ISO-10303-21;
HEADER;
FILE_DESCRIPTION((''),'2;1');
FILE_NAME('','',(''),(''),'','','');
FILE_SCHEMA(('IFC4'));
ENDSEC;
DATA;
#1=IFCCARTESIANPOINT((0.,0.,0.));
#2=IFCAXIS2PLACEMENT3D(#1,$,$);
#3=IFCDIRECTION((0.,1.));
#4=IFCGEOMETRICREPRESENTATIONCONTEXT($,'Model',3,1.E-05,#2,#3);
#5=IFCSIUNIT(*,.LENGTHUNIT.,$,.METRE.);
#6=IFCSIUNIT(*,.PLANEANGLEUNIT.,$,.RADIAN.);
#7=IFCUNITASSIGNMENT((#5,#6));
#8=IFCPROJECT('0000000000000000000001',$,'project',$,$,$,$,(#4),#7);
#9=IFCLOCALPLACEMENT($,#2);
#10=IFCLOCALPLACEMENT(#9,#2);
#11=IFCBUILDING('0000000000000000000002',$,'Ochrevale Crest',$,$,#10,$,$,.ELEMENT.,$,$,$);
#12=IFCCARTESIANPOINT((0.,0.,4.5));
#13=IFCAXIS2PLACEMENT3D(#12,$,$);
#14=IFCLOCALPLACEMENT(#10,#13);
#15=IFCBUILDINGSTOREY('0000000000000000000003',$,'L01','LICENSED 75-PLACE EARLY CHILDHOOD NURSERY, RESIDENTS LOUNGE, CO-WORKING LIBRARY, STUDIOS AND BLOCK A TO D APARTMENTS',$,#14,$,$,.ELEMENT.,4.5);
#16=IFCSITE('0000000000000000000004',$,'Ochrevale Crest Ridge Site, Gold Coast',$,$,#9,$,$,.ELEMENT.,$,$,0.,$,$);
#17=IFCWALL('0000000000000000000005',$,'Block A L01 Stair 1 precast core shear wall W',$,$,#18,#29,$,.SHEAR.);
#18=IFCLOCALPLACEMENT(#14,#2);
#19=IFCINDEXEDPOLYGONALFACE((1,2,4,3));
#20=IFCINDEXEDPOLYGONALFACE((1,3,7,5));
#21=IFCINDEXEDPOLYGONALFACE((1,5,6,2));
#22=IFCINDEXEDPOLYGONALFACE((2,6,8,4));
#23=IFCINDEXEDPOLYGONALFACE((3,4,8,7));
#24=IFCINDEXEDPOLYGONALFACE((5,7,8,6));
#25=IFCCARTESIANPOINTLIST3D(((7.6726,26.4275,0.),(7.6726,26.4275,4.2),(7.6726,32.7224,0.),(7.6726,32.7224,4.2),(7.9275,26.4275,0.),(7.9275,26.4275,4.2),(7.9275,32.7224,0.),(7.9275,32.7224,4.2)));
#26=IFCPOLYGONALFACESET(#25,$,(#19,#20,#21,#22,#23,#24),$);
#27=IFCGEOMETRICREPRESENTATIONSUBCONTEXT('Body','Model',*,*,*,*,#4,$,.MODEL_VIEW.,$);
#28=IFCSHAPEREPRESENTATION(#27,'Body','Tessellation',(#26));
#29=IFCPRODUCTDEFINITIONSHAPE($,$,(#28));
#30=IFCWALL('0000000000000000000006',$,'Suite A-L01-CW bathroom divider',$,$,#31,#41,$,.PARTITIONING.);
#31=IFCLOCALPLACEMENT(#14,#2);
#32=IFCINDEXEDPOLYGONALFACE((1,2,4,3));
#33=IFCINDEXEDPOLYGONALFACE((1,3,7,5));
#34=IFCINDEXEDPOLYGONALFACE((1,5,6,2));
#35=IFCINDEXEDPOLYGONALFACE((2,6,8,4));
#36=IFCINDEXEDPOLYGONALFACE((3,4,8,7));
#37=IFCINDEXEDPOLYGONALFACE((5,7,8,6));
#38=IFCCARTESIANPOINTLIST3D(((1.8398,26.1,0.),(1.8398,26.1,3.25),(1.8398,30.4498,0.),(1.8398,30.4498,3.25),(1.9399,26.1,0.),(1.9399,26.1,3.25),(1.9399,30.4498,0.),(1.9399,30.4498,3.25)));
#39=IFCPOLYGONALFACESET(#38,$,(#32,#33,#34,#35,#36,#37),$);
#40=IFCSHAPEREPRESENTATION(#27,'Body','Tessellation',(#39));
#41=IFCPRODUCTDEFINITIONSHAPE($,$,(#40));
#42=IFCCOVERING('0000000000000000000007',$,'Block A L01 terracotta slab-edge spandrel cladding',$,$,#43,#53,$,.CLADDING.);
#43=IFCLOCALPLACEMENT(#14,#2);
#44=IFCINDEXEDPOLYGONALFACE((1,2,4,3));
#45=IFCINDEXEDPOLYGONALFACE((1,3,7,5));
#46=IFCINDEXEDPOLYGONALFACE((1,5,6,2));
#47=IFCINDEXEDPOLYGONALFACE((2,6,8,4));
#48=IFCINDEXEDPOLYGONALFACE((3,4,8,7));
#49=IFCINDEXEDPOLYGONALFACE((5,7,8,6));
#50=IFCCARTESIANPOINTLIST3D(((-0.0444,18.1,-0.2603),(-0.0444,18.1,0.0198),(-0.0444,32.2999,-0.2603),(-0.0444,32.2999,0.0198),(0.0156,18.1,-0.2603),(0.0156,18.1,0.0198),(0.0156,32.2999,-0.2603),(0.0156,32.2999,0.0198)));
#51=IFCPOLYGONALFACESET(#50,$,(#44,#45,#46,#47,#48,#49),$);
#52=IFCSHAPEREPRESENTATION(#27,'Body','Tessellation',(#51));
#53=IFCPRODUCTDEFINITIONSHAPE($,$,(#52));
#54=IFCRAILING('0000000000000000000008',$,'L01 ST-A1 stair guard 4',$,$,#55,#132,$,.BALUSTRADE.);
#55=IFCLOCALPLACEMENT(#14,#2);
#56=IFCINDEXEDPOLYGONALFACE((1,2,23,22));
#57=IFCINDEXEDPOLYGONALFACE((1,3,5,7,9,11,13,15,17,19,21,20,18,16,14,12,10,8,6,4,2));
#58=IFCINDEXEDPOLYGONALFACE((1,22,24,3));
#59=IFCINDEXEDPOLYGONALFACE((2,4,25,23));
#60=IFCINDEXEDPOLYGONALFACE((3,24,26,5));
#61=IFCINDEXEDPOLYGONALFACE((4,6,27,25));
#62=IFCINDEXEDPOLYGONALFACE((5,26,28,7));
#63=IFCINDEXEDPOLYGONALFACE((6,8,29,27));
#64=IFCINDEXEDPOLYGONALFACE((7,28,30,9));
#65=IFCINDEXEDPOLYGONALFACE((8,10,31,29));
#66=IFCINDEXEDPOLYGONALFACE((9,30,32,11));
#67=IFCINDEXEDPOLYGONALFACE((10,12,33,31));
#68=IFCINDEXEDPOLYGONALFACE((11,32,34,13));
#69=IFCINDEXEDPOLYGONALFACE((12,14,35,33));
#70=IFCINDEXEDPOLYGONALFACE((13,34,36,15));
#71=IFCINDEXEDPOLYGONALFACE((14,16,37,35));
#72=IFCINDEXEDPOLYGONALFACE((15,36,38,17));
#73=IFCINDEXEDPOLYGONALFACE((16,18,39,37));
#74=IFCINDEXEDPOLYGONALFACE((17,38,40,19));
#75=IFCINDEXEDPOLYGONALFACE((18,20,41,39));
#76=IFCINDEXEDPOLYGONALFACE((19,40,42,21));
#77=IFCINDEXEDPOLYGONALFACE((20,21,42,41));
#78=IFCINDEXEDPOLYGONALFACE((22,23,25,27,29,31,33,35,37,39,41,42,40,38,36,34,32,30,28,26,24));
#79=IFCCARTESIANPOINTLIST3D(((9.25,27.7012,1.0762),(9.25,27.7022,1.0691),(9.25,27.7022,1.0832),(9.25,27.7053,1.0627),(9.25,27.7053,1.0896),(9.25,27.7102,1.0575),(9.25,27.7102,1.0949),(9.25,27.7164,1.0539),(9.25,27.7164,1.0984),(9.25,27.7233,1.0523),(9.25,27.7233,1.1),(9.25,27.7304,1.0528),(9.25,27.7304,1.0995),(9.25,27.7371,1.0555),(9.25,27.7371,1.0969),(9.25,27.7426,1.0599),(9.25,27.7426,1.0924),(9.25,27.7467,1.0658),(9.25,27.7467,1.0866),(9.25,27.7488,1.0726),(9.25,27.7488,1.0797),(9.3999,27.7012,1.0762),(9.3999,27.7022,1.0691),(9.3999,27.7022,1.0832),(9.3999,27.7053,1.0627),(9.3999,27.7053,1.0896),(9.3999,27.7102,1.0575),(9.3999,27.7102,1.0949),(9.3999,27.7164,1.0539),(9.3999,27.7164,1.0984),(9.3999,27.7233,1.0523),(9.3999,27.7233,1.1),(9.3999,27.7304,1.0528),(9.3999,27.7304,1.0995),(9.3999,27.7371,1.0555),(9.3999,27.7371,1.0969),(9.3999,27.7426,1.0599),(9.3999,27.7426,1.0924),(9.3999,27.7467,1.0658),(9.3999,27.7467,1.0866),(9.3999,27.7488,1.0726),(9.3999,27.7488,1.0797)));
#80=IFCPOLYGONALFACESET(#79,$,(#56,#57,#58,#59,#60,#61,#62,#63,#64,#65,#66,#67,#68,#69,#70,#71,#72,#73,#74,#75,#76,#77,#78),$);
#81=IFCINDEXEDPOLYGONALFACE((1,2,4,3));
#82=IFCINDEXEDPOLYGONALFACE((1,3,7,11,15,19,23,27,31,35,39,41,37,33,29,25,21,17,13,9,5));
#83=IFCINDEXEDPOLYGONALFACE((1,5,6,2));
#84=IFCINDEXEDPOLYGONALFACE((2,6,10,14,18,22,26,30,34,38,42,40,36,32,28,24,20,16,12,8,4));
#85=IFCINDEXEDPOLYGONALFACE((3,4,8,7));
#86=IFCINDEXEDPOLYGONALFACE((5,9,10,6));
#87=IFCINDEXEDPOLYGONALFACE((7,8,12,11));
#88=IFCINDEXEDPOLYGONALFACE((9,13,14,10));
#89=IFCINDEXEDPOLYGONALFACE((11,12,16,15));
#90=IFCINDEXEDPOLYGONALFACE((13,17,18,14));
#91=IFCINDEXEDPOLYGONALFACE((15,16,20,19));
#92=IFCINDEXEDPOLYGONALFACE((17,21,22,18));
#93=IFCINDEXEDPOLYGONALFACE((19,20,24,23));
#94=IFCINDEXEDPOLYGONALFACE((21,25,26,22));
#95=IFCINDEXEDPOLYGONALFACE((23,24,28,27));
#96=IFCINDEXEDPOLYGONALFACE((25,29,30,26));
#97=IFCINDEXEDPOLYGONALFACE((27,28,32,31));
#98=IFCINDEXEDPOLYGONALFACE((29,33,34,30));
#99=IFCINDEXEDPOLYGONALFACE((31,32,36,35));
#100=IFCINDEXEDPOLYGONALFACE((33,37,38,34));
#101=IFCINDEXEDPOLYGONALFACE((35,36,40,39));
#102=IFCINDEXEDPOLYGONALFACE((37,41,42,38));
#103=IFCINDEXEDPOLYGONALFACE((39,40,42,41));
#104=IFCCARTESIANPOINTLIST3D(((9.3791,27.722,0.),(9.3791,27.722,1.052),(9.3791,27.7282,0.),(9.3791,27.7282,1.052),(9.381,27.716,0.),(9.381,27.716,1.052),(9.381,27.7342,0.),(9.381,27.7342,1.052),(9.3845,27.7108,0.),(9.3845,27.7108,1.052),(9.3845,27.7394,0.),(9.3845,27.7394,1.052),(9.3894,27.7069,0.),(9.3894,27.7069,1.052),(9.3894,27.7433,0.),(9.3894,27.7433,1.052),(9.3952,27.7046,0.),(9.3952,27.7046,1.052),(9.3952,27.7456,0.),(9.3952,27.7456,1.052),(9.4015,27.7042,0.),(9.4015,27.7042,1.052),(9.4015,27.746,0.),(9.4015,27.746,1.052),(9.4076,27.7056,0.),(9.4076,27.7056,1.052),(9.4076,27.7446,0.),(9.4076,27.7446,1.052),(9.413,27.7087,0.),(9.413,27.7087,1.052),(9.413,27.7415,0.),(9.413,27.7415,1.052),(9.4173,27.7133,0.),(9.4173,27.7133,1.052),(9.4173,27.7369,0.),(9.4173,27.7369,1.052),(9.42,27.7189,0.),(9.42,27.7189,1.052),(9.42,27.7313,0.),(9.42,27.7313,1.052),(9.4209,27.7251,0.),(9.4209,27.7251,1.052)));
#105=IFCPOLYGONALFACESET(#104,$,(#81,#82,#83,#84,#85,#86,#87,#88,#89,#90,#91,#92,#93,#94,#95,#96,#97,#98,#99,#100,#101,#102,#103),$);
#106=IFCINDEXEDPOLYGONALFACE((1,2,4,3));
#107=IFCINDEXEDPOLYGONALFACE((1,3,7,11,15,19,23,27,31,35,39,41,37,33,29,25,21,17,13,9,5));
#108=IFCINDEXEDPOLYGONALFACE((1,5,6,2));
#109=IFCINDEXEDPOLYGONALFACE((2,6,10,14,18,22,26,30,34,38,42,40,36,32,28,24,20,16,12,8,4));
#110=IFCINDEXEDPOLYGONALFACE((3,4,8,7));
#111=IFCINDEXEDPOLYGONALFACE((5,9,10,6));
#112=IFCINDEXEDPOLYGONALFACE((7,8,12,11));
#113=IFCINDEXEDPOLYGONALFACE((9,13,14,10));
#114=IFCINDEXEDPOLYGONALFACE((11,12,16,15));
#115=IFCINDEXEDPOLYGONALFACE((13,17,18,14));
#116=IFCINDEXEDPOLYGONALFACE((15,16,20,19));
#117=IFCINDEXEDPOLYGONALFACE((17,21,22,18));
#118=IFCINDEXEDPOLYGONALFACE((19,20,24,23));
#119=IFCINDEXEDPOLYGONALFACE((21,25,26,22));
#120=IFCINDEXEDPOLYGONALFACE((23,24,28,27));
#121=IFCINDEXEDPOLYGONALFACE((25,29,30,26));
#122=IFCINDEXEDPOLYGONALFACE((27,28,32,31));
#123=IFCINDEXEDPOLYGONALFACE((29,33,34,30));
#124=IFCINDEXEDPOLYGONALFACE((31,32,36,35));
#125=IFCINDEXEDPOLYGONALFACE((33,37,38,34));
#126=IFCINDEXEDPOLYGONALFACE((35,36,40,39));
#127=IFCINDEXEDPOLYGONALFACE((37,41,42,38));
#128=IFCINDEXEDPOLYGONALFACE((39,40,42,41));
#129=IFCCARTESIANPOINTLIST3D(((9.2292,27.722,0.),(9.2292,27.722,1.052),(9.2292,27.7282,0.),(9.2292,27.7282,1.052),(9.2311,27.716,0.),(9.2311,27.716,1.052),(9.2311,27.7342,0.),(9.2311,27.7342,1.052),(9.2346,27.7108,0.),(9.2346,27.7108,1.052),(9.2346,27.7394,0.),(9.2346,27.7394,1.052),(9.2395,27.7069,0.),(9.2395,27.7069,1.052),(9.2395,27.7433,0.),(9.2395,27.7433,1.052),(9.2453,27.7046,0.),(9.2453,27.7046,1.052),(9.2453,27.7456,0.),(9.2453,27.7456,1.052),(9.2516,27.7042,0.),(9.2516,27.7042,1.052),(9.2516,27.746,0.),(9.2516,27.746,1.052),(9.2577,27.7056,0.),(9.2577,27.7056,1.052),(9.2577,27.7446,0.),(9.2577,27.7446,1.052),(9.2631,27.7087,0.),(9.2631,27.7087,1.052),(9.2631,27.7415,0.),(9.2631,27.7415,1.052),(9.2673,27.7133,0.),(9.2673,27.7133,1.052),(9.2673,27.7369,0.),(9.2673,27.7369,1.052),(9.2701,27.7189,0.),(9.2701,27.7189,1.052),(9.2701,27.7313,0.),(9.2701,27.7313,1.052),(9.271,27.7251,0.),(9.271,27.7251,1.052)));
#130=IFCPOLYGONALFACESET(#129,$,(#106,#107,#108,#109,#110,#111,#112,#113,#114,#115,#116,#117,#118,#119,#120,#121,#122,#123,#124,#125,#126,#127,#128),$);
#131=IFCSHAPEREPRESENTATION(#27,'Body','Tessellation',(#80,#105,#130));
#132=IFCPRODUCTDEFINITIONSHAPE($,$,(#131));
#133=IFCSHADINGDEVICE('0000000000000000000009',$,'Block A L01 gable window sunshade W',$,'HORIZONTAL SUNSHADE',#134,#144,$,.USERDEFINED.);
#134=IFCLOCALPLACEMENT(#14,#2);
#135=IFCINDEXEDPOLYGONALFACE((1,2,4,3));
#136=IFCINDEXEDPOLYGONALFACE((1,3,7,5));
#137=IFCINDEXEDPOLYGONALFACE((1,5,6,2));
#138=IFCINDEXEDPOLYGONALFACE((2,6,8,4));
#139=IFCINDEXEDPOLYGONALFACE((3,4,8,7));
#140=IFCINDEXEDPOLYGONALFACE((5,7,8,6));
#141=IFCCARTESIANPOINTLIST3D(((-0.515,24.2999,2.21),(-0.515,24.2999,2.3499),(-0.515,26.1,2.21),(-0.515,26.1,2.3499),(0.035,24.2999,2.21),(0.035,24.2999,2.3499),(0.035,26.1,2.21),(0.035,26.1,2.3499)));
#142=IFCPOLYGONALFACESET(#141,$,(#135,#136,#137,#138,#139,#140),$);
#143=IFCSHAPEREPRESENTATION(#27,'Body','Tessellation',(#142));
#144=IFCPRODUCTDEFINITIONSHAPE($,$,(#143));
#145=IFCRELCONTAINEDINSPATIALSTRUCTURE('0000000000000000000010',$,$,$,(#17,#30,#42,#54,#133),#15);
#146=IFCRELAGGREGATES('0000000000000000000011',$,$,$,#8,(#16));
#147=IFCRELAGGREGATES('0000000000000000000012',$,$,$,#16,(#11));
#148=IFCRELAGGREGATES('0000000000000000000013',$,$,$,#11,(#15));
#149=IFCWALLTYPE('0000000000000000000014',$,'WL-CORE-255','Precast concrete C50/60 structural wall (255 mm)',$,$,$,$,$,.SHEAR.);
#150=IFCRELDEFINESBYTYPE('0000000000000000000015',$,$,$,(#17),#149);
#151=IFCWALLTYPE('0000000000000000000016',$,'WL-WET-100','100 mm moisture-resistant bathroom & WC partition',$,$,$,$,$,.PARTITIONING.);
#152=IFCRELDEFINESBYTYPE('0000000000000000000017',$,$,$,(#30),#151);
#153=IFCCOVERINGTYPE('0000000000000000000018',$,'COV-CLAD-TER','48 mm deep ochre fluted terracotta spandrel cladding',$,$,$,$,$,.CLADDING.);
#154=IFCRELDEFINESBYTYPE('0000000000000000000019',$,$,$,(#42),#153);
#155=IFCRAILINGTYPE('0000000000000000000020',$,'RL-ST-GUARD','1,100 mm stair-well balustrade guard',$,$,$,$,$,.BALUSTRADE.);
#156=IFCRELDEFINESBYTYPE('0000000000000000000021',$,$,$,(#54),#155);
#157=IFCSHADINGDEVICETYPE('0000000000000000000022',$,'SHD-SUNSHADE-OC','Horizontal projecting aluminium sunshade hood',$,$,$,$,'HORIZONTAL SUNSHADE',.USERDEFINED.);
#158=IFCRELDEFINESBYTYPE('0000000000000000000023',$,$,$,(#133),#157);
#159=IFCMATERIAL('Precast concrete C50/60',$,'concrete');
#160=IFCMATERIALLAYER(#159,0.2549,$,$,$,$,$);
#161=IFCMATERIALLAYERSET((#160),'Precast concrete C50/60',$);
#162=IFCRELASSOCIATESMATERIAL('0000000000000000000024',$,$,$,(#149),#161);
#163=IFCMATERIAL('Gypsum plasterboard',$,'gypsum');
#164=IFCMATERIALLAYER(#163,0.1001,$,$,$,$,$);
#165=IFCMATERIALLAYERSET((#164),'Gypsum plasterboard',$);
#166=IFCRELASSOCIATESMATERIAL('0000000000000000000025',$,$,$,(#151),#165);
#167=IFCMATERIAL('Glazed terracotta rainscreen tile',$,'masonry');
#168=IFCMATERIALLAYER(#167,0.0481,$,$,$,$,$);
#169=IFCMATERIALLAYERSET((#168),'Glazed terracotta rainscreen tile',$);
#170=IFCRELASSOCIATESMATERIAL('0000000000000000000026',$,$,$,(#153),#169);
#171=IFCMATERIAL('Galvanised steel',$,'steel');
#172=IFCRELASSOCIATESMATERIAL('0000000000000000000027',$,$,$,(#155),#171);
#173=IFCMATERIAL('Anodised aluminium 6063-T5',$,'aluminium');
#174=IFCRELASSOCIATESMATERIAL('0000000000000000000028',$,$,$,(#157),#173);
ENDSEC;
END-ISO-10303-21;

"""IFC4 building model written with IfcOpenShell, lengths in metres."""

from ifc_helpers import new_model, si_unit, direction, frame, frame_2d, origin, origin_2d, place, context, subcontext, project, spatial, rectangle, circle, extrude, material, layer, layer_set, type_object, element, save


model = new_model("IFC4")

# Units and contexts
model_context = context("Model", 3, precision=1e-05, world=origin(), true_north=direction((0.0, 1.0)))
body_context = subcontext(model_context, "Body", "Model", "MODEL_VIEW")
ifc_project = project(units=[si_unit("LENGTHUNIT", "METRE"), si_unit("PLANEANGLEUNIT", "RADIAN")], contexts=[model_context])

# Site, building, storey
site_placement = place(None, origin())
site = spatial("IfcSite", under=ifc_project, at=site_placement, Name="Ochrevale Crest Ridge Site, Gold Coast", CompositionType="ELEMENT", RefElevation=0.0)
building_placement = place(site_placement, origin())
building = spatial("IfcBuilding", under=site, at=building_placement, Name="Ochrevale Crest", CompositionType="ELEMENT")
storey_placement = place(building_placement, frame((0.0, 0.0, 4.5)))
storey = spatial("IfcBuildingStorey", under=building, at=storey_placement, Name="L01", Description="LICENSED 75-PLACE EARLY CHILDHOOD NURSERY, RESIDENTS LOUNGE, CO-WORKING LIBRARY, STUDIOS AND BLOCK A TO D APARTMENTS", CompositionType="ELEMENT", Elevation=4.5)

# Shared definitions
ifc_material_1 = material(Name="Precast concrete C50/60", Category="concrete")

# Shared definitions
ifc_material_2 = material(Name="Gypsum plasterboard", Category="gypsum")
ifc_layer_1 = layer(ifc_material_1, 0.2549)
ifc_layer_set_1 = layer_set([ifc_layer_1], Name="Precast concrete C50/60")
wall_type_1 = type_object("IfcWallType", Name="WL-CORE-255", Description="Precast concrete C50/60 structural wall (255 mm)", PredefinedType="SHEAR", material=ifc_layer_set_1)

# Walls
wall_1_placement = place(storey_placement, frame((7.8, 26.4275, 0.0), z_axis=(0.0, 0.0, 1.0), x_axis=(0.0, 1.0, 0.0)))
element("IfcWall", 1, at=wall_1_placement, inside=storey, type_object=wall_type_1, Name="Block A L01 Stair 1 precast core shear wall W", PredefinedType="SHEAR", context=body_context, shape_type="SweptSolid", body=[
    extrude(rectangle(XDim=6.2949, YDim=0.2549, at=frame_2d((3.1475, 0.0))), origin(), (0.0, 0.0, 1.0), 4.2),
])
ifc_layer_2 = layer(ifc_material_2, 0.1001)
ifc_layer_set_2 = layer_set([ifc_layer_2], Name="Gypsum plasterboard")
wall_type_2 = type_object("IfcWallType", Name="WL-WET-100", Description="100 mm moisture-resistant bathroom & WC partition", PredefinedType="PARTITIONING", material=ifc_layer_set_2)
wall_2_placement = place(storey_placement, frame((1.8899, 26.1001, 0.0), z_axis=(0.0, 0.0, 1.0), x_axis=(0.0, 1.0, 0.0)))
element("IfcWall", 2, at=wall_2_placement, inside=storey, type_object=wall_type_2, Name="Suite A-L01-CW bathroom divider", PredefinedType="PARTITIONING", context=body_context, shape_type="SweptSolid", body=[
    extrude(rectangle(XDim=4.3499, YDim=0.1001, at=frame_2d((2.1748, 0.0))), origin(), (0.0, 0.0, 1.0), 3.25),
])

# Covering
ifc_material_3 = material(Name="Glazed terracotta rainscreen tile", Category="masonry")
ifc_layer_3 = layer(ifc_material_3, 0.0481)
ifc_layer_set_3 = layer_set([ifc_layer_3], Name="Glazed terracotta rainscreen tile")
covering_type = type_object("IfcCoveringType", Name="COV-CLAD-TER", Description="48 mm deep ochre fluted terracotta spandrel cladding", PredefinedType="CLADDING", material=ifc_layer_set_3)
covering_placement = place(storey_placement, frame((-0.0144, 25.2, -0.2603), z_axis=(0.0, 0.0, 1.0), x_axis=(0.0, -1.0, 0.0)))
element("IfcCovering", 3, at=covering_placement, inside=storey, type_object=covering_type, Name="Block A L01 terracotta slab-edge spandrel cladding", PredefinedType="CLADDING", context=body_context, shape_type="SweptSolid", body=[
    extrude(rectangle(XDim=14.2, YDim=0.0601, at=origin_2d()), origin(), (0.0, 0.0, 1.0), 0.28),
])

# Railing
ifc_material_4 = material(Name="Galvanised steel", Category="steel")
railing_type = type_object("IfcRailingType", Name="RL-ST-GUARD", Description="1,100 mm stair-well balustrade guard", PredefinedType="BALUSTRADE", material=ifc_material_4)
railing_placement = place(storey_placement, frame((9.3999, 27.7251, 0.0)))
element("IfcRailing", 4, at=railing_placement, inside=storey, type_object=railing_type, Name="L01 ST-A1 stair guard 4", PredefinedType="BALUSTRADE", context=body_context, shape_type="SweptSolid", body=[
    extrude(circle(Radius=0.0239, at=origin_2d()), frame((0.0, 0.0, 1.0762), z_axis=(-1.0, 0.0, 0.0), x_axis=(0.0, -1.0, 0.0)), (0.0, 0.0, 1.0), 0.1499),
    extrude(circle(Radius=0.021, at=origin_2d()), origin(), (0.0, 0.0, 1.0), 1.052),
    extrude(circle(Radius=0.021, at=origin_2d()), frame((-0.1499, 0.0, 0.0)), (0.0, 0.0, 1.0), 1.052),
])

# Shading device
ifc_material_5 = material(Name="Anodised aluminium 6063-T5", Category="aluminium")
shading_device_type = type_object("IfcShadingDeviceType", Name="SHD-SUNSHADE-OC", Description="Horizontal projecting aluminium sunshade hood", ElementType="HORIZONTAL SUNSHADE", PredefinedType="USERDEFINED", material=ifc_material_5)
shading_device_placement = place(storey_placement, frame((-0.24, 25.2, 2.21), z_axis=(0.0, 0.0, 1.0), x_axis=(1.0, 0.0, 0.0)))
element("IfcShadingDevice", 5, at=shading_device_placement, inside=storey, type_object=shading_device_type, Name="Block A L01 gable window sunshade W", ObjectType="HORIZONTAL SUNSHADE", PredefinedType="USERDEFINED", context=body_context, shape_type="SweptSolid", body=[
    extrude(rectangle(XDim=0.55, YDim=1.8, at=origin_2d()), origin(), (0.0, 0.0, 1.0), 0.1399),
])

save(model, "model.ifc")
